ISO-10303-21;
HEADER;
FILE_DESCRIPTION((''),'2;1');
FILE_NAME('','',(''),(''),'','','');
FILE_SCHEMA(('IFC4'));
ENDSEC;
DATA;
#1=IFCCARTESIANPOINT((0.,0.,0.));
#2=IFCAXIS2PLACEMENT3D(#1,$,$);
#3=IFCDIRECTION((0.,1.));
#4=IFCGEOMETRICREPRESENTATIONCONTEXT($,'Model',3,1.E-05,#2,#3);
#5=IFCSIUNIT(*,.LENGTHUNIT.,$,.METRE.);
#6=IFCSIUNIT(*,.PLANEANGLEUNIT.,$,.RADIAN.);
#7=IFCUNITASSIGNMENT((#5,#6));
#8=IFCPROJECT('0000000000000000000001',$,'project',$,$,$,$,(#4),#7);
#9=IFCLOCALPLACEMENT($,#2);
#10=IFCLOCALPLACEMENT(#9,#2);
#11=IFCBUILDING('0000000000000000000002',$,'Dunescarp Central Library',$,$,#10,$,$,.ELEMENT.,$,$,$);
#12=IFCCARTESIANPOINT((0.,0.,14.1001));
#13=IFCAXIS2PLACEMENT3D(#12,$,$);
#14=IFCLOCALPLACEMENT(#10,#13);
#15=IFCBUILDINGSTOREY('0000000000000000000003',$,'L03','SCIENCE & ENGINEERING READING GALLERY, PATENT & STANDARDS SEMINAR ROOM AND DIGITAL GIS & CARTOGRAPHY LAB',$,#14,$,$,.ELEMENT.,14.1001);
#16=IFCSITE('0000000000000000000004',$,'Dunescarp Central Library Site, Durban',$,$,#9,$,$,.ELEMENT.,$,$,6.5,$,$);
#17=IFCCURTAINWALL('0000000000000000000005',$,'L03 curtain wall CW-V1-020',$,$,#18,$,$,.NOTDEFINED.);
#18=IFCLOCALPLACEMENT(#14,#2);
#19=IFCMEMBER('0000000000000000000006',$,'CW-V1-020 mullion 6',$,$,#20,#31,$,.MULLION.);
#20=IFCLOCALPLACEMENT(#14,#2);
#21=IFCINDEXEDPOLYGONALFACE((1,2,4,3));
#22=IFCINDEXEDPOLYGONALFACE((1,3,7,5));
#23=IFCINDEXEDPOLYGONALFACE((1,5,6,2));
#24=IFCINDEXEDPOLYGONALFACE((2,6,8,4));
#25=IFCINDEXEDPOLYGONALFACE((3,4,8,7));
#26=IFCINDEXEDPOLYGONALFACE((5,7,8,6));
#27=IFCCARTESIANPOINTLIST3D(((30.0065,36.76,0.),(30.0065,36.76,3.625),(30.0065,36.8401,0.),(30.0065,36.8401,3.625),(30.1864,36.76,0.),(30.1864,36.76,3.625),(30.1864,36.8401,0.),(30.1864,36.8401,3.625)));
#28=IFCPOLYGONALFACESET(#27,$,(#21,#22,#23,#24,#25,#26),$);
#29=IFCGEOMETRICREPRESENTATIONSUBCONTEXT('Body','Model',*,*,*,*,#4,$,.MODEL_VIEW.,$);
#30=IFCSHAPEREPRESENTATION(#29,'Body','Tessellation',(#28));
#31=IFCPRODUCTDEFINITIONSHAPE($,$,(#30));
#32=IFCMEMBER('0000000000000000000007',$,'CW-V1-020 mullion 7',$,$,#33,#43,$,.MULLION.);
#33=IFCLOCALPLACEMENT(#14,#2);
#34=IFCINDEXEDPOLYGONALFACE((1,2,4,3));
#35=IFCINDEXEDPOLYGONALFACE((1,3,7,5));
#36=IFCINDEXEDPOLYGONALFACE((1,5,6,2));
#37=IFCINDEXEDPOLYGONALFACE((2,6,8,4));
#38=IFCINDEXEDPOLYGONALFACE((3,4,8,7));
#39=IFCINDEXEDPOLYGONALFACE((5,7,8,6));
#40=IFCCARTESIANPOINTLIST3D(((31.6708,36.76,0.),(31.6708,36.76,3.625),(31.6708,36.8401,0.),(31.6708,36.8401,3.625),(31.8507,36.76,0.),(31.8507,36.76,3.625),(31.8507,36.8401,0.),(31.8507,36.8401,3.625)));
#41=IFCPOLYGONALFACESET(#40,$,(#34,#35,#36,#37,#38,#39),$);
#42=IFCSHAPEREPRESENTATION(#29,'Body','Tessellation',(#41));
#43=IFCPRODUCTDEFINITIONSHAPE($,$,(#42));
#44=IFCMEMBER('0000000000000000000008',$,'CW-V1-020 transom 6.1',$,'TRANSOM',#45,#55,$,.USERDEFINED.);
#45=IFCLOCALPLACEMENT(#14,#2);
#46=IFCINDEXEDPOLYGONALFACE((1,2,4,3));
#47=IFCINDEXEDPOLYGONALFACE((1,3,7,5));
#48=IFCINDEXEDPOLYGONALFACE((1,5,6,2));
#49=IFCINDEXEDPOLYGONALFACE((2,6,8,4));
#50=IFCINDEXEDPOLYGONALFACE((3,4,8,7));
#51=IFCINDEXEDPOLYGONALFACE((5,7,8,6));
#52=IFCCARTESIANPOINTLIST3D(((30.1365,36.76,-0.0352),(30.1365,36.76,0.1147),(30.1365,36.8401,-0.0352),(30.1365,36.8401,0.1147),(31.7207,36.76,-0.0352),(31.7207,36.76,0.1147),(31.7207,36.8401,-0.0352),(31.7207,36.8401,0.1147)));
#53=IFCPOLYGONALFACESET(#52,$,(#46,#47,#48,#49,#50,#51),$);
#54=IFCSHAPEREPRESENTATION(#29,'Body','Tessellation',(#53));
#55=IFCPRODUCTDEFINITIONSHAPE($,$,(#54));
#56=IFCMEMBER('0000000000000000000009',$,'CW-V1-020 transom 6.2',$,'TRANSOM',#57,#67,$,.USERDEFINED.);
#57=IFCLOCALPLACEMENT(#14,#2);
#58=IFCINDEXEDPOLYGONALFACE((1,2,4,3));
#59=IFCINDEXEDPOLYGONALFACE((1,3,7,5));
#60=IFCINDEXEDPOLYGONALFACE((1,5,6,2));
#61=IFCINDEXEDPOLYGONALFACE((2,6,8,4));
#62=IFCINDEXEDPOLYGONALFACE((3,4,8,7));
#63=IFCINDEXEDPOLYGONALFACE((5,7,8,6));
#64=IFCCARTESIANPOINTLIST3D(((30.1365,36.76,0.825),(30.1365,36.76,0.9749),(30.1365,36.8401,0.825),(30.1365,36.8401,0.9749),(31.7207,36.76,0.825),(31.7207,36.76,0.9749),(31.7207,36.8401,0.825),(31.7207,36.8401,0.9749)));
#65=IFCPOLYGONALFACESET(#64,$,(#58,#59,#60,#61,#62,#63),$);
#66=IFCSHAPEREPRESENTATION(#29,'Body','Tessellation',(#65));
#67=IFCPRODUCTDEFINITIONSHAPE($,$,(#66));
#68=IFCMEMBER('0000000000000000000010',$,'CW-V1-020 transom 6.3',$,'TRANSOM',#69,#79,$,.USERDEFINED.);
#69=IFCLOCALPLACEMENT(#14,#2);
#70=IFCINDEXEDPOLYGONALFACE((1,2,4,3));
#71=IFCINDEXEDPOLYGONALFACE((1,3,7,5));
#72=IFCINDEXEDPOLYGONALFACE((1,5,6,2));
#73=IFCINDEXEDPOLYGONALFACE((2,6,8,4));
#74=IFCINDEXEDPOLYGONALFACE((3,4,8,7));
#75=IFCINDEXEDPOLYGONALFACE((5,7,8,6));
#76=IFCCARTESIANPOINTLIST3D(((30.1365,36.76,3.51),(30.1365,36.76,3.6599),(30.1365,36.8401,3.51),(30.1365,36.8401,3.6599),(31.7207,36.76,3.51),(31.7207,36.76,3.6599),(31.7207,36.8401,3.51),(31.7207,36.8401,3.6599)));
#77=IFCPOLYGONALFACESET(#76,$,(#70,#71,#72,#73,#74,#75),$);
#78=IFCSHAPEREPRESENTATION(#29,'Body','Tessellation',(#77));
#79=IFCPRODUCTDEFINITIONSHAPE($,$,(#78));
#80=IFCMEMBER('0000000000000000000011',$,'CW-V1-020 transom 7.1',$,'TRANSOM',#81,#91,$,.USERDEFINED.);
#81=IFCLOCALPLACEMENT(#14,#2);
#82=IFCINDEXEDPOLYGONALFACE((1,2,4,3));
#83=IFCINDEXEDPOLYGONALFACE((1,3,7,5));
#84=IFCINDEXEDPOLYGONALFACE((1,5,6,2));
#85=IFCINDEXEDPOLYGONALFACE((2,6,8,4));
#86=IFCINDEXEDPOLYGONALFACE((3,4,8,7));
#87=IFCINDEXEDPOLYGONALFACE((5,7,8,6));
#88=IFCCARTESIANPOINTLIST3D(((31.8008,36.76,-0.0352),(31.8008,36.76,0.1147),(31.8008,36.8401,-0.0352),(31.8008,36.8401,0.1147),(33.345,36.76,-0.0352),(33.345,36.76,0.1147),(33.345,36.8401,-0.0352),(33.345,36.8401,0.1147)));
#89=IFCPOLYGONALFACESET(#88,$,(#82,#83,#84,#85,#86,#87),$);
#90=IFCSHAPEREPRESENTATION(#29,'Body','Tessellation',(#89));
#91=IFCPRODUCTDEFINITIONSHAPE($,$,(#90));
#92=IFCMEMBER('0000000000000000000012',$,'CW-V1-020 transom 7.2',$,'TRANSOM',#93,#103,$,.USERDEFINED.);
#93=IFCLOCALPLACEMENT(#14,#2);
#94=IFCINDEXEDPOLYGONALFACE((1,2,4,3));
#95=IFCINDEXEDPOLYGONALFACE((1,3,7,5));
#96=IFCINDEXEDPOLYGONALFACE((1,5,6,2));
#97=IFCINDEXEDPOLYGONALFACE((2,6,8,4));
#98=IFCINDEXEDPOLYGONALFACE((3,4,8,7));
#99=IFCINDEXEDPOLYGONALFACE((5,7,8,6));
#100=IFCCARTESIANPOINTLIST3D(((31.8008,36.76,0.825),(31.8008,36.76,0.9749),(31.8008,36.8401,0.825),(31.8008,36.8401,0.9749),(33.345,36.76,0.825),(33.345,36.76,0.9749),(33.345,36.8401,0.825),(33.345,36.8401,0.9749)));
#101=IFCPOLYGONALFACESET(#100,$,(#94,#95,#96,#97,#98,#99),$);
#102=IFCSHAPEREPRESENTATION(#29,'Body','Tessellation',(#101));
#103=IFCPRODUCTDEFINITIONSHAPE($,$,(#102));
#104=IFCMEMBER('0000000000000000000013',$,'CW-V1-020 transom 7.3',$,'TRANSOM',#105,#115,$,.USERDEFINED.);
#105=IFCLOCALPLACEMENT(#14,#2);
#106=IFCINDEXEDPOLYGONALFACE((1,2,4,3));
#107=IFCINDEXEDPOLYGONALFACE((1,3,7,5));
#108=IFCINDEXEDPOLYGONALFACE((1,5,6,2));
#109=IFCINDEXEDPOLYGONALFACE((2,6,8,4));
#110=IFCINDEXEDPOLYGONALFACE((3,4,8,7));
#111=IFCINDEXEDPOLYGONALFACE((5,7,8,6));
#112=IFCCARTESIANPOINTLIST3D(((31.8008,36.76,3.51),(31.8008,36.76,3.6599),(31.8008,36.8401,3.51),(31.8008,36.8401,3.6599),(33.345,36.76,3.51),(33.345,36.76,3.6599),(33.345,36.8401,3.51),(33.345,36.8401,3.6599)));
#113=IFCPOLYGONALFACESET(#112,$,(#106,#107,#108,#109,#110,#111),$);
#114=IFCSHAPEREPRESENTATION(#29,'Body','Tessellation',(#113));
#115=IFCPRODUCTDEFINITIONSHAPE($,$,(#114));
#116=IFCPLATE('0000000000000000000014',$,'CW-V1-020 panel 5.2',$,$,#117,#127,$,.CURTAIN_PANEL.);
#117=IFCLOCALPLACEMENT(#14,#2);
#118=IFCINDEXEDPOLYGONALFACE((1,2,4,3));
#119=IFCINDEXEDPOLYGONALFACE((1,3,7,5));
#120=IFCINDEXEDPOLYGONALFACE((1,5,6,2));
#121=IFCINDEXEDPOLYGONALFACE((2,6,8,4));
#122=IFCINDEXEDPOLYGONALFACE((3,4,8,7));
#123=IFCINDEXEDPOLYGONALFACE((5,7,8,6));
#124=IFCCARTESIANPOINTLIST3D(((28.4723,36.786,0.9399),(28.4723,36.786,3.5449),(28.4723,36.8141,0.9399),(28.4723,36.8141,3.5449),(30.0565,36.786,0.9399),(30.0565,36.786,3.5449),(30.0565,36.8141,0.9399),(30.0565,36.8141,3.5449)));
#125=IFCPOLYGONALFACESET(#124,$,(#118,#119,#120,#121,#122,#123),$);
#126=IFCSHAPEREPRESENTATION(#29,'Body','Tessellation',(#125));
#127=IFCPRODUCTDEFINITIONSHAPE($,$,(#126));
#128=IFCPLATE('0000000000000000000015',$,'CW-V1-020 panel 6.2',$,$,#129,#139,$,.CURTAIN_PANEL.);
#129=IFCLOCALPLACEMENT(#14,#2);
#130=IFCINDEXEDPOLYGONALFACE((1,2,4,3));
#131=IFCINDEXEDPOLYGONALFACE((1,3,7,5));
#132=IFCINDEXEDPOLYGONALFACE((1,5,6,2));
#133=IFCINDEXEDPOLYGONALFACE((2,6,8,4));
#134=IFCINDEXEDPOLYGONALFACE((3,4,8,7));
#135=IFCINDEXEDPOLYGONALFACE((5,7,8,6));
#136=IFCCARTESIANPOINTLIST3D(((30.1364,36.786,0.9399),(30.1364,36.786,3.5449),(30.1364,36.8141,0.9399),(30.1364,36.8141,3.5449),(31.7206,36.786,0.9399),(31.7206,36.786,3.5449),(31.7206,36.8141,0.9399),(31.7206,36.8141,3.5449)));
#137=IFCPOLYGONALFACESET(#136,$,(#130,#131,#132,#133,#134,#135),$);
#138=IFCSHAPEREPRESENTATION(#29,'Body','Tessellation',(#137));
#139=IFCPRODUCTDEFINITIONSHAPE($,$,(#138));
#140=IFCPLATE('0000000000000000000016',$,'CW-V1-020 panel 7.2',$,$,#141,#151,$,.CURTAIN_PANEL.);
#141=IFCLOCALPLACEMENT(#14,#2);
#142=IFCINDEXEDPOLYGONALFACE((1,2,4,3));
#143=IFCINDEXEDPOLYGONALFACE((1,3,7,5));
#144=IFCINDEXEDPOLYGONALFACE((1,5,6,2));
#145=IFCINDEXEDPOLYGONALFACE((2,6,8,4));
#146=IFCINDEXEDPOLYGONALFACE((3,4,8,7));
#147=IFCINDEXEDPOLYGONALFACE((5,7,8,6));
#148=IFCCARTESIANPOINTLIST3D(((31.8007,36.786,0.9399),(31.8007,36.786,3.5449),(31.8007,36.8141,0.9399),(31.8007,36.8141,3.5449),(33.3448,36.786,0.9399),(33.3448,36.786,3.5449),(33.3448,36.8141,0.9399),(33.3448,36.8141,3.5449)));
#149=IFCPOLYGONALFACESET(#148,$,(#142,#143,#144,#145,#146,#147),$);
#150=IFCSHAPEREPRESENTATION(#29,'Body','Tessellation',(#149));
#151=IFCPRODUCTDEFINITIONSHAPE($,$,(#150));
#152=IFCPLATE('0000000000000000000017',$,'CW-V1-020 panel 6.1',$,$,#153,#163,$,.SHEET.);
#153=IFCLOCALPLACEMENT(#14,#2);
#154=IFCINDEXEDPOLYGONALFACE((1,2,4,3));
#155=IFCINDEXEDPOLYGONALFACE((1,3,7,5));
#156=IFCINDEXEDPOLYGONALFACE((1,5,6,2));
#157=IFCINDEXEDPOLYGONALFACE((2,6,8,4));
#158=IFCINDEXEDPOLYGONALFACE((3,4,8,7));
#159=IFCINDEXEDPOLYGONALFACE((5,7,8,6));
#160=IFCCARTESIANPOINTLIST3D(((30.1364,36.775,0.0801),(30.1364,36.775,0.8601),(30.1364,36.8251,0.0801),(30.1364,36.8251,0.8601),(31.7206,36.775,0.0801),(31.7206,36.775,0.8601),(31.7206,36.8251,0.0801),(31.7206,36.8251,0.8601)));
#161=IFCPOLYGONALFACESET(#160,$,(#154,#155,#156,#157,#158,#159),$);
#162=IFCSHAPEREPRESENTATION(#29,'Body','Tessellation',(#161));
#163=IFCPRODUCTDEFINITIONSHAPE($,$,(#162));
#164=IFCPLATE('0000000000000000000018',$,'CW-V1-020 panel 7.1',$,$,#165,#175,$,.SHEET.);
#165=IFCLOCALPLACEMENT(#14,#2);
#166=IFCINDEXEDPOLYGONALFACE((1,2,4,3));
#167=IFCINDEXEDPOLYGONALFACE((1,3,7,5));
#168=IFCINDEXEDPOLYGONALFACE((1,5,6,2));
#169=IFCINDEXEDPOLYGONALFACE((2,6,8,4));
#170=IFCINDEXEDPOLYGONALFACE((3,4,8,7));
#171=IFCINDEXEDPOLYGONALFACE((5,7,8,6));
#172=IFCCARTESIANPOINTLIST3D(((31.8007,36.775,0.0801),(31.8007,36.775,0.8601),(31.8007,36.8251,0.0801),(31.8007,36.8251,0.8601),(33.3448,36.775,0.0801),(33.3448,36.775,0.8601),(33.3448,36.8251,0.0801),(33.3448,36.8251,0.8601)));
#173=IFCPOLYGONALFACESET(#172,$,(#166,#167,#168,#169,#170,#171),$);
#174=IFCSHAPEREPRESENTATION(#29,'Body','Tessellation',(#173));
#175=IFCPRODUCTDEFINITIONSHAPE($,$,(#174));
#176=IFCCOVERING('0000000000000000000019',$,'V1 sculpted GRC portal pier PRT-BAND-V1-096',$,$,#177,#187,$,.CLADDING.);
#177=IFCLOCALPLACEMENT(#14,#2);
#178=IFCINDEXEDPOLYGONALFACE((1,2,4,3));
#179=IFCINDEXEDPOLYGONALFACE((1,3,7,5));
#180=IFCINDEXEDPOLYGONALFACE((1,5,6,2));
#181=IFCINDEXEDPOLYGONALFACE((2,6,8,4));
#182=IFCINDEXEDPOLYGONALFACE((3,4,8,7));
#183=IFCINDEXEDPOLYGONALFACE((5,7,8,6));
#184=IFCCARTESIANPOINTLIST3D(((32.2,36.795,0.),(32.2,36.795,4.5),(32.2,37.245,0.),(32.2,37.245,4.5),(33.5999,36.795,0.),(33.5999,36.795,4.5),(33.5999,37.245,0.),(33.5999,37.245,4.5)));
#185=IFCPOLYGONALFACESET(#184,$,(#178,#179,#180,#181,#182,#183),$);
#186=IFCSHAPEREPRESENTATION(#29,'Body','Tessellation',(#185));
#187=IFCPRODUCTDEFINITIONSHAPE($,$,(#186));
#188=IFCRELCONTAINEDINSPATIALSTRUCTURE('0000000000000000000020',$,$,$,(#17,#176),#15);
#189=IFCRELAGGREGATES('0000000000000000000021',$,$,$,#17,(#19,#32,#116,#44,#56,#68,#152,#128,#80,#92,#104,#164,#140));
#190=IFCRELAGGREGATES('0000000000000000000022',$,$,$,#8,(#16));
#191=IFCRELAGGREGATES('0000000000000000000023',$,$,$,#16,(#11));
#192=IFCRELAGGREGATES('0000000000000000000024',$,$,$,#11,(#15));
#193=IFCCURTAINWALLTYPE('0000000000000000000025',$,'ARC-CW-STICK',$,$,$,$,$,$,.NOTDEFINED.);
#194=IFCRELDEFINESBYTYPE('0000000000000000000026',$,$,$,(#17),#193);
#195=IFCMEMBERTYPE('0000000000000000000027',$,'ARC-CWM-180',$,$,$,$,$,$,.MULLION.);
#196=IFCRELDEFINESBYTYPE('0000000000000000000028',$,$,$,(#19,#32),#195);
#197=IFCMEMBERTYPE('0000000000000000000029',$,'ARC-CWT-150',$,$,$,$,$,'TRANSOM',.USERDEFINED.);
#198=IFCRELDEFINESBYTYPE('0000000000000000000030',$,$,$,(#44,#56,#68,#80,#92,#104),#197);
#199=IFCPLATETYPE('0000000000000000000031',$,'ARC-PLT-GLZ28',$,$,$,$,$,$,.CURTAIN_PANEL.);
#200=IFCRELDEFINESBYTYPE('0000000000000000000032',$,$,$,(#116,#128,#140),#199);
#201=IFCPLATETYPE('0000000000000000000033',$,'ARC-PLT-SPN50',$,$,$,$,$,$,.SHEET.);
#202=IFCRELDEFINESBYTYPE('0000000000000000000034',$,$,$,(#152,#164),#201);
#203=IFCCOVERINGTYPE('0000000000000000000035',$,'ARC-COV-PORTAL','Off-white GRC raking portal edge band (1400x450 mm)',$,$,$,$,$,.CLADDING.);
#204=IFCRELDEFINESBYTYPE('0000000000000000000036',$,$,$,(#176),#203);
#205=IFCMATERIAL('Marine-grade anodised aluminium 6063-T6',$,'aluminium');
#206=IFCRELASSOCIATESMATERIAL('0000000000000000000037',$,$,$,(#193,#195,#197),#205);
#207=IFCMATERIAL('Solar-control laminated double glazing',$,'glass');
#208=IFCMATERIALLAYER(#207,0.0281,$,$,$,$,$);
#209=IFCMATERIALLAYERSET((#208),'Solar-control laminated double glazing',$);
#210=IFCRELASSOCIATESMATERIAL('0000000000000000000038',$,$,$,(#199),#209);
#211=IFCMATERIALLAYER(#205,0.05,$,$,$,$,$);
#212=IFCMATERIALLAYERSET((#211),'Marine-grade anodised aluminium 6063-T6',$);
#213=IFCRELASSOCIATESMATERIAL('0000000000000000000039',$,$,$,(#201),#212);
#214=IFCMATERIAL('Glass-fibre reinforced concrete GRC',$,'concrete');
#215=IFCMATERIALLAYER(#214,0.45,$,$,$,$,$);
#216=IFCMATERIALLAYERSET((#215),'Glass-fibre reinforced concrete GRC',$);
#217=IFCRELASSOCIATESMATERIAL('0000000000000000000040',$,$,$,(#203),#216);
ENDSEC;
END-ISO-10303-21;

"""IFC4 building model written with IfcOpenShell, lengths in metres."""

from ifc_helpers import new_model, si_unit, direction, frame, origin, origin_2d, place, context, subcontext, project, spatial, rectangle, extrude, material, layer, layer_set, material_profile, profile_set, type_object, element, aggregate, save


model = new_model("IFC4")

# Units and contexts
model_context = context("Model", 3, precision=1e-05, world=origin(), true_north=direction((0.0, 1.0)))
body_context = subcontext(model_context, "Body", "Model", "MODEL_VIEW")
ifc_project = project(units=[si_unit("LENGTHUNIT", "METRE"), si_unit("PLANEANGLEUNIT", "RADIAN")], contexts=[model_context])

# Site, building, storey
site_placement = place(None, origin())
site = spatial("IfcSite", under=ifc_project, at=site_placement, Name="Dunescarp Central Library Site, Durban", CompositionType="ELEMENT", RefElevation=6.5)
building_placement = place(site_placement, origin())
building = spatial("IfcBuilding", under=site, at=building_placement, Name="Dunescarp Central Library", CompositionType="ELEMENT")
storey_placement = place(building_placement, frame((0.0, 0.0, 14.1001)))
storey = spatial("IfcBuildingStorey", under=building, at=storey_placement, Name="L03", Description="SCIENCE & ENGINEERING READING GALLERY, PATENT & STANDARDS SEMINAR ROOM AND DIGITAL GIS & CARTOGRAPHY LAB", CompositionType="ELEMENT", Elevation=14.1001)

# Curtain wall, members, plates
ifc_material_1 = material(Name="Marine-grade anodised aluminium 6063-T6", Category="aluminium")
curtain_wall_type = type_object("IfcCurtainWallType", Name="ARC-CW-STICK", PredefinedType="NOTDEFINED", material=ifc_material_1)
curtain_wall_placement = place(storey_placement, origin())
curtain_wall = element("IfcCurtainWall", 1, at=curtain_wall_placement, inside=storey, type_object=curtain_wall_type, Name="L03 curtain wall CW-V1-020", PredefinedType="NOTDEFINED")
ifc_material_profile_1 = material_profile(ifc_material_1, rectangle(XDim=0.0801, YDim=0.1799, at=origin_2d()), Name="AL 80x180")
ifc_profile_set_1 = profile_set([ifc_material_profile_1], Name="Marine-grade anodised aluminium 6063-T6")
member_type_1 = type_object("IfcMemberType", Name="ARC-CWM-180", PredefinedType="MULLION", material=ifc_profile_set_1)
member_1_placement = place(storey_placement, frame((30.0964, 36.8, 0.0), z_axis=(0.0, 0.0, 1.0), x_axis=(0.0, 1.0, 0.0)))
member_1 = element("IfcMember", 2, at=member_1_placement, type_object=member_type_1, Name="CW-V1-020 mullion 6", PredefinedType="MULLION", context=body_context, shape_type="SweptSolid", body=[
    extrude(rectangle(XDim=0.0801, YDim=0.1799, at=origin_2d()), origin(), (0.0, 0.0, 1.0), 3.625),
])
member_2_placement = place(storey_placement, frame((31.7607, 36.8, 0.0), z_axis=(0.0, 0.0, 1.0), x_axis=(0.0, 1.0, 0.0)))
member_2 = element("IfcMember", 3, at=member_2_placement, type_object=member_type_1, Name="CW-V1-020 mullion 7", PredefinedType="MULLION", context=body_context, shape_type="SweptSolid", body=[
    extrude(rectangle(XDim=0.0801, YDim=0.1799, at=origin_2d()), origin(), (0.0, 0.0, 1.0), 3.625),
])
ifc_material_profile_2 = material_profile(ifc_material_1, rectangle(XDim=0.0801, YDim=0.1499, at=origin_2d()), Name="AL 80x150")
ifc_profile_set_2 = profile_set([ifc_material_profile_2], Name="Marine-grade anodised aluminium 6063-T6")
member_type_2 = type_object("IfcMemberType", Name="ARC-CWT-150", ElementType="TRANSOM", PredefinedType="USERDEFINED", material=ifc_profile_set_2)
member_3_placement = place(storey_placement, frame((30.1365, 36.8, 0.0398), z_axis=(1.0, 0.0, 0.0), x_axis=(0.0, 1.0, 0.0)))
member_3 = element("IfcMember", 4, at=member_3_placement, type_object=member_type_2, Name="CW-V1-020 transom 6.1", ObjectType="TRANSOM", PredefinedType="USERDEFINED", context=body_context, shape_type="SweptSolid", body=[
    extrude(rectangle(XDim=0.0801, YDim=0.1499, at=origin_2d()), origin(), (0.0, 0.0, 1.0), 1.5842),
])
member_4_placement = place(storey_placement, frame((30.1365, 36.8, 0.8999), z_axis=(1.0, 0.0, 0.0), x_axis=(0.0, 1.0, 0.0)))
member_4 = element("IfcMember", 5, at=member_4_placement, type_object=member_type_2, Name="CW-V1-020 transom 6.2", ObjectType="TRANSOM", PredefinedType="USERDEFINED", context=body_context, shape_type="SweptSolid", body=[
    extrude(rectangle(XDim=0.0801, YDim=0.1499, at=origin_2d()), origin(), (0.0, 0.0, 1.0), 1.5842),
])
member_5_placement = place(storey_placement, frame((30.1365, 36.8, 3.585), z_axis=(1.0, 0.0, 0.0), x_axis=(0.0, 1.0, 0.0)))
member_5 = element("IfcMember", 6, at=member_5_placement, type_object=member_type_2, Name="CW-V1-020 transom 6.3", ObjectType="TRANSOM", PredefinedType="USERDEFINED", context=body_context, shape_type="SweptSolid", body=[
    extrude(rectangle(XDim=0.0801, YDim=0.1499, at=origin_2d()), origin(), (0.0, 0.0, 1.0), 1.5842),
])
member_6_placement = place(storey_placement, frame((31.8008, 36.8, 0.0398), z_axis=(1.0, 0.0, 0.0), x_axis=(0.0, 1.0, 0.0)))
member_6 = element("IfcMember", 7, at=member_6_placement, type_object=member_type_2, Name="CW-V1-020 transom 7.1", ObjectType="TRANSOM", PredefinedType="USERDEFINED", context=body_context, shape_type="SweptSolid", body=[
    extrude(rectangle(XDim=0.0801, YDim=0.1499, at=origin_2d()), origin(), (0.0, 0.0, 1.0), 1.5442),
])
member_7_placement = place(storey_placement, frame((31.8008, 36.8, 0.8999), z_axis=(1.0, 0.0, 0.0), x_axis=(0.0, 1.0, 0.0)))
member_7 = element("IfcMember", 8, at=member_7_placement, type_object=member_type_2, Name="CW-V1-020 transom 7.2", ObjectType="TRANSOM", PredefinedType="USERDEFINED", context=body_context, shape_type="SweptSolid", body=[
    extrude(rectangle(XDim=0.0801, YDim=0.1499, at=origin_2d()), origin(), (0.0, 0.0, 1.0), 1.5442),
])
member_8_placement = place(storey_placement, frame((31.8008, 36.8, 3.585), z_axis=(1.0, 0.0, 0.0), x_axis=(0.0, 1.0, 0.0)))
member_8 = element("IfcMember", 9, at=member_8_placement, type_object=member_type_2, Name="CW-V1-020 transom 7.3", ObjectType="TRANSOM", PredefinedType="USERDEFINED", context=body_context, shape_type="SweptSolid", body=[
    extrude(rectangle(XDim=0.0801, YDim=0.1499, at=origin_2d()), origin(), (0.0, 0.0, 1.0), 1.5442),
])
ifc_material_2 = material(Name="Solar-control laminated double glazing", Category="glass")
ifc_layer_1 = layer(ifc_material_2, 0.0281)
ifc_layer_set_1 = layer_set([ifc_layer_1], Name="Solar-control laminated double glazing")
plate_type_1 = type_object("IfcPlateType", Name="ARC-PLT-GLZ28", PredefinedType="CURTAIN_PANEL", material=ifc_layer_set_1)
plate_1_placement = place(storey_placement, frame((29.2644, 36.8, 0.9399), z_axis=(0.0, 0.0, 1.0), x_axis=(1.0, 0.0, 0.0)))
plate_1 = element("IfcPlate", 10, at=plate_1_placement, type_object=plate_type_1, Name="CW-V1-020 panel 5.2", PredefinedType="CURTAIN_PANEL", context=body_context, shape_type="SweptSolid", body=[
    extrude(rectangle(XDim=1.5842, YDim=0.0281, at=origin_2d()), origin(), (0.0, 0.0, 1.0), 2.605),
])
plate_2_placement = place(storey_placement, frame((30.9285, 36.8, 0.9399), z_axis=(0.0, 0.0, 1.0), x_axis=(1.0, 0.0, 0.0)))
plate_2 = element("IfcPlate", 11, at=plate_2_placement, type_object=plate_type_1, Name="CW-V1-020 panel 6.2", PredefinedType="CURTAIN_PANEL", context=body_context, shape_type="SweptSolid", body=[
    extrude(rectangle(XDim=1.5842, YDim=0.0281, at=origin_2d()), origin(), (0.0, 0.0, 1.0), 2.605),
])
plate_3_placement = place(storey_placement, frame((32.5728, 36.8, 0.9399), z_axis=(0.0, 0.0, 1.0), x_axis=(1.0, 0.0, 0.0)))
plate_3 = element("IfcPlate", 12, at=plate_3_placement, type_object=plate_type_1, Name="CW-V1-020 panel 7.2", PredefinedType="CURTAIN_PANEL", context=body_context, shape_type="SweptSolid", body=[
    extrude(rectangle(XDim=1.5442, YDim=0.0281, at=origin_2d()), origin(), (0.0, 0.0, 1.0), 2.605),
])
ifc_layer_2 = layer(ifc_material_1, 0.05)
ifc_layer_set_2 = layer_set([ifc_layer_2], Name="Marine-grade anodised aluminium 6063-T6")
plate_type_2 = type_object("IfcPlateType", Name="ARC-PLT-SPN50", PredefinedType="SHEET", material=ifc_layer_set_2)
plate_4_placement = place(storey_placement, frame((30.9285, 36.8, 0.0801), z_axis=(0.0, 0.0, 1.0), x_axis=(1.0, 0.0, 0.0)))
plate_4 = element("IfcPlate", 13, at=plate_4_placement, type_object=plate_type_2, Name="CW-V1-020 panel 6.1", PredefinedType="SHEET", context=body_context, shape_type="SweptSolid", body=[
    extrude(rectangle(XDim=1.5842, YDim=0.05, at=origin_2d()), origin(), (0.0, 0.0, 1.0), 0.78),
])
plate_5_placement = place(storey_placement, frame((32.5728, 36.8, 0.0801), z_axis=(0.0, 0.0, 1.0), x_axis=(1.0, 0.0, 0.0)))
plate_5 = element("IfcPlate", 14, at=plate_5_placement, type_object=plate_type_2, Name="CW-V1-020 panel 7.1", PredefinedType="SHEET", context=body_context, shape_type="SweptSolid", body=[
    extrude(rectangle(XDim=1.5442, YDim=0.05, at=origin_2d()), origin(), (0.0, 0.0, 1.0), 0.78),
])
aggregate(curtain_wall, [member_1, member_2, plate_1, member_3, member_4, member_5, plate_4, plate_2, member_6, member_7, member_8, plate_5, plate_3])

# Covering
ifc_material_3 = material(Name="Glass-fibre reinforced concrete GRC", Category="concrete")
ifc_layer_3 = layer(ifc_material_3, 0.45)
ifc_layer_set_3 = layer_set([ifc_layer_3], Name="Glass-fibre reinforced concrete GRC")
covering_type = type_object("IfcCoveringType", Name="ARC-COV-PORTAL", Description="Off-white GRC raking portal edge band (1400x450 mm)", PredefinedType="CLADDING", material=ifc_layer_set_3)
covering_placement = place(storey_placement, frame((32.8999, 37.02, 0.0), z_axis=(0.0, 0.0, 1.0), x_axis=(1.0, 0.0, 0.0)))
element("IfcCovering", 15, at=covering_placement, inside=storey, type_object=covering_type, Name="V1 sculpted GRC portal pier PRT-BAND-V1-096", PredefinedType="CLADDING", context=body_context, shape_type="SweptSolid", body=[
    extrude(rectangle(XDim=1.3999, YDim=0.45, at=origin_2d()), origin(), (0.0, 0.0, 1.0), 4.5),
])

save(model, "model.ifc")
